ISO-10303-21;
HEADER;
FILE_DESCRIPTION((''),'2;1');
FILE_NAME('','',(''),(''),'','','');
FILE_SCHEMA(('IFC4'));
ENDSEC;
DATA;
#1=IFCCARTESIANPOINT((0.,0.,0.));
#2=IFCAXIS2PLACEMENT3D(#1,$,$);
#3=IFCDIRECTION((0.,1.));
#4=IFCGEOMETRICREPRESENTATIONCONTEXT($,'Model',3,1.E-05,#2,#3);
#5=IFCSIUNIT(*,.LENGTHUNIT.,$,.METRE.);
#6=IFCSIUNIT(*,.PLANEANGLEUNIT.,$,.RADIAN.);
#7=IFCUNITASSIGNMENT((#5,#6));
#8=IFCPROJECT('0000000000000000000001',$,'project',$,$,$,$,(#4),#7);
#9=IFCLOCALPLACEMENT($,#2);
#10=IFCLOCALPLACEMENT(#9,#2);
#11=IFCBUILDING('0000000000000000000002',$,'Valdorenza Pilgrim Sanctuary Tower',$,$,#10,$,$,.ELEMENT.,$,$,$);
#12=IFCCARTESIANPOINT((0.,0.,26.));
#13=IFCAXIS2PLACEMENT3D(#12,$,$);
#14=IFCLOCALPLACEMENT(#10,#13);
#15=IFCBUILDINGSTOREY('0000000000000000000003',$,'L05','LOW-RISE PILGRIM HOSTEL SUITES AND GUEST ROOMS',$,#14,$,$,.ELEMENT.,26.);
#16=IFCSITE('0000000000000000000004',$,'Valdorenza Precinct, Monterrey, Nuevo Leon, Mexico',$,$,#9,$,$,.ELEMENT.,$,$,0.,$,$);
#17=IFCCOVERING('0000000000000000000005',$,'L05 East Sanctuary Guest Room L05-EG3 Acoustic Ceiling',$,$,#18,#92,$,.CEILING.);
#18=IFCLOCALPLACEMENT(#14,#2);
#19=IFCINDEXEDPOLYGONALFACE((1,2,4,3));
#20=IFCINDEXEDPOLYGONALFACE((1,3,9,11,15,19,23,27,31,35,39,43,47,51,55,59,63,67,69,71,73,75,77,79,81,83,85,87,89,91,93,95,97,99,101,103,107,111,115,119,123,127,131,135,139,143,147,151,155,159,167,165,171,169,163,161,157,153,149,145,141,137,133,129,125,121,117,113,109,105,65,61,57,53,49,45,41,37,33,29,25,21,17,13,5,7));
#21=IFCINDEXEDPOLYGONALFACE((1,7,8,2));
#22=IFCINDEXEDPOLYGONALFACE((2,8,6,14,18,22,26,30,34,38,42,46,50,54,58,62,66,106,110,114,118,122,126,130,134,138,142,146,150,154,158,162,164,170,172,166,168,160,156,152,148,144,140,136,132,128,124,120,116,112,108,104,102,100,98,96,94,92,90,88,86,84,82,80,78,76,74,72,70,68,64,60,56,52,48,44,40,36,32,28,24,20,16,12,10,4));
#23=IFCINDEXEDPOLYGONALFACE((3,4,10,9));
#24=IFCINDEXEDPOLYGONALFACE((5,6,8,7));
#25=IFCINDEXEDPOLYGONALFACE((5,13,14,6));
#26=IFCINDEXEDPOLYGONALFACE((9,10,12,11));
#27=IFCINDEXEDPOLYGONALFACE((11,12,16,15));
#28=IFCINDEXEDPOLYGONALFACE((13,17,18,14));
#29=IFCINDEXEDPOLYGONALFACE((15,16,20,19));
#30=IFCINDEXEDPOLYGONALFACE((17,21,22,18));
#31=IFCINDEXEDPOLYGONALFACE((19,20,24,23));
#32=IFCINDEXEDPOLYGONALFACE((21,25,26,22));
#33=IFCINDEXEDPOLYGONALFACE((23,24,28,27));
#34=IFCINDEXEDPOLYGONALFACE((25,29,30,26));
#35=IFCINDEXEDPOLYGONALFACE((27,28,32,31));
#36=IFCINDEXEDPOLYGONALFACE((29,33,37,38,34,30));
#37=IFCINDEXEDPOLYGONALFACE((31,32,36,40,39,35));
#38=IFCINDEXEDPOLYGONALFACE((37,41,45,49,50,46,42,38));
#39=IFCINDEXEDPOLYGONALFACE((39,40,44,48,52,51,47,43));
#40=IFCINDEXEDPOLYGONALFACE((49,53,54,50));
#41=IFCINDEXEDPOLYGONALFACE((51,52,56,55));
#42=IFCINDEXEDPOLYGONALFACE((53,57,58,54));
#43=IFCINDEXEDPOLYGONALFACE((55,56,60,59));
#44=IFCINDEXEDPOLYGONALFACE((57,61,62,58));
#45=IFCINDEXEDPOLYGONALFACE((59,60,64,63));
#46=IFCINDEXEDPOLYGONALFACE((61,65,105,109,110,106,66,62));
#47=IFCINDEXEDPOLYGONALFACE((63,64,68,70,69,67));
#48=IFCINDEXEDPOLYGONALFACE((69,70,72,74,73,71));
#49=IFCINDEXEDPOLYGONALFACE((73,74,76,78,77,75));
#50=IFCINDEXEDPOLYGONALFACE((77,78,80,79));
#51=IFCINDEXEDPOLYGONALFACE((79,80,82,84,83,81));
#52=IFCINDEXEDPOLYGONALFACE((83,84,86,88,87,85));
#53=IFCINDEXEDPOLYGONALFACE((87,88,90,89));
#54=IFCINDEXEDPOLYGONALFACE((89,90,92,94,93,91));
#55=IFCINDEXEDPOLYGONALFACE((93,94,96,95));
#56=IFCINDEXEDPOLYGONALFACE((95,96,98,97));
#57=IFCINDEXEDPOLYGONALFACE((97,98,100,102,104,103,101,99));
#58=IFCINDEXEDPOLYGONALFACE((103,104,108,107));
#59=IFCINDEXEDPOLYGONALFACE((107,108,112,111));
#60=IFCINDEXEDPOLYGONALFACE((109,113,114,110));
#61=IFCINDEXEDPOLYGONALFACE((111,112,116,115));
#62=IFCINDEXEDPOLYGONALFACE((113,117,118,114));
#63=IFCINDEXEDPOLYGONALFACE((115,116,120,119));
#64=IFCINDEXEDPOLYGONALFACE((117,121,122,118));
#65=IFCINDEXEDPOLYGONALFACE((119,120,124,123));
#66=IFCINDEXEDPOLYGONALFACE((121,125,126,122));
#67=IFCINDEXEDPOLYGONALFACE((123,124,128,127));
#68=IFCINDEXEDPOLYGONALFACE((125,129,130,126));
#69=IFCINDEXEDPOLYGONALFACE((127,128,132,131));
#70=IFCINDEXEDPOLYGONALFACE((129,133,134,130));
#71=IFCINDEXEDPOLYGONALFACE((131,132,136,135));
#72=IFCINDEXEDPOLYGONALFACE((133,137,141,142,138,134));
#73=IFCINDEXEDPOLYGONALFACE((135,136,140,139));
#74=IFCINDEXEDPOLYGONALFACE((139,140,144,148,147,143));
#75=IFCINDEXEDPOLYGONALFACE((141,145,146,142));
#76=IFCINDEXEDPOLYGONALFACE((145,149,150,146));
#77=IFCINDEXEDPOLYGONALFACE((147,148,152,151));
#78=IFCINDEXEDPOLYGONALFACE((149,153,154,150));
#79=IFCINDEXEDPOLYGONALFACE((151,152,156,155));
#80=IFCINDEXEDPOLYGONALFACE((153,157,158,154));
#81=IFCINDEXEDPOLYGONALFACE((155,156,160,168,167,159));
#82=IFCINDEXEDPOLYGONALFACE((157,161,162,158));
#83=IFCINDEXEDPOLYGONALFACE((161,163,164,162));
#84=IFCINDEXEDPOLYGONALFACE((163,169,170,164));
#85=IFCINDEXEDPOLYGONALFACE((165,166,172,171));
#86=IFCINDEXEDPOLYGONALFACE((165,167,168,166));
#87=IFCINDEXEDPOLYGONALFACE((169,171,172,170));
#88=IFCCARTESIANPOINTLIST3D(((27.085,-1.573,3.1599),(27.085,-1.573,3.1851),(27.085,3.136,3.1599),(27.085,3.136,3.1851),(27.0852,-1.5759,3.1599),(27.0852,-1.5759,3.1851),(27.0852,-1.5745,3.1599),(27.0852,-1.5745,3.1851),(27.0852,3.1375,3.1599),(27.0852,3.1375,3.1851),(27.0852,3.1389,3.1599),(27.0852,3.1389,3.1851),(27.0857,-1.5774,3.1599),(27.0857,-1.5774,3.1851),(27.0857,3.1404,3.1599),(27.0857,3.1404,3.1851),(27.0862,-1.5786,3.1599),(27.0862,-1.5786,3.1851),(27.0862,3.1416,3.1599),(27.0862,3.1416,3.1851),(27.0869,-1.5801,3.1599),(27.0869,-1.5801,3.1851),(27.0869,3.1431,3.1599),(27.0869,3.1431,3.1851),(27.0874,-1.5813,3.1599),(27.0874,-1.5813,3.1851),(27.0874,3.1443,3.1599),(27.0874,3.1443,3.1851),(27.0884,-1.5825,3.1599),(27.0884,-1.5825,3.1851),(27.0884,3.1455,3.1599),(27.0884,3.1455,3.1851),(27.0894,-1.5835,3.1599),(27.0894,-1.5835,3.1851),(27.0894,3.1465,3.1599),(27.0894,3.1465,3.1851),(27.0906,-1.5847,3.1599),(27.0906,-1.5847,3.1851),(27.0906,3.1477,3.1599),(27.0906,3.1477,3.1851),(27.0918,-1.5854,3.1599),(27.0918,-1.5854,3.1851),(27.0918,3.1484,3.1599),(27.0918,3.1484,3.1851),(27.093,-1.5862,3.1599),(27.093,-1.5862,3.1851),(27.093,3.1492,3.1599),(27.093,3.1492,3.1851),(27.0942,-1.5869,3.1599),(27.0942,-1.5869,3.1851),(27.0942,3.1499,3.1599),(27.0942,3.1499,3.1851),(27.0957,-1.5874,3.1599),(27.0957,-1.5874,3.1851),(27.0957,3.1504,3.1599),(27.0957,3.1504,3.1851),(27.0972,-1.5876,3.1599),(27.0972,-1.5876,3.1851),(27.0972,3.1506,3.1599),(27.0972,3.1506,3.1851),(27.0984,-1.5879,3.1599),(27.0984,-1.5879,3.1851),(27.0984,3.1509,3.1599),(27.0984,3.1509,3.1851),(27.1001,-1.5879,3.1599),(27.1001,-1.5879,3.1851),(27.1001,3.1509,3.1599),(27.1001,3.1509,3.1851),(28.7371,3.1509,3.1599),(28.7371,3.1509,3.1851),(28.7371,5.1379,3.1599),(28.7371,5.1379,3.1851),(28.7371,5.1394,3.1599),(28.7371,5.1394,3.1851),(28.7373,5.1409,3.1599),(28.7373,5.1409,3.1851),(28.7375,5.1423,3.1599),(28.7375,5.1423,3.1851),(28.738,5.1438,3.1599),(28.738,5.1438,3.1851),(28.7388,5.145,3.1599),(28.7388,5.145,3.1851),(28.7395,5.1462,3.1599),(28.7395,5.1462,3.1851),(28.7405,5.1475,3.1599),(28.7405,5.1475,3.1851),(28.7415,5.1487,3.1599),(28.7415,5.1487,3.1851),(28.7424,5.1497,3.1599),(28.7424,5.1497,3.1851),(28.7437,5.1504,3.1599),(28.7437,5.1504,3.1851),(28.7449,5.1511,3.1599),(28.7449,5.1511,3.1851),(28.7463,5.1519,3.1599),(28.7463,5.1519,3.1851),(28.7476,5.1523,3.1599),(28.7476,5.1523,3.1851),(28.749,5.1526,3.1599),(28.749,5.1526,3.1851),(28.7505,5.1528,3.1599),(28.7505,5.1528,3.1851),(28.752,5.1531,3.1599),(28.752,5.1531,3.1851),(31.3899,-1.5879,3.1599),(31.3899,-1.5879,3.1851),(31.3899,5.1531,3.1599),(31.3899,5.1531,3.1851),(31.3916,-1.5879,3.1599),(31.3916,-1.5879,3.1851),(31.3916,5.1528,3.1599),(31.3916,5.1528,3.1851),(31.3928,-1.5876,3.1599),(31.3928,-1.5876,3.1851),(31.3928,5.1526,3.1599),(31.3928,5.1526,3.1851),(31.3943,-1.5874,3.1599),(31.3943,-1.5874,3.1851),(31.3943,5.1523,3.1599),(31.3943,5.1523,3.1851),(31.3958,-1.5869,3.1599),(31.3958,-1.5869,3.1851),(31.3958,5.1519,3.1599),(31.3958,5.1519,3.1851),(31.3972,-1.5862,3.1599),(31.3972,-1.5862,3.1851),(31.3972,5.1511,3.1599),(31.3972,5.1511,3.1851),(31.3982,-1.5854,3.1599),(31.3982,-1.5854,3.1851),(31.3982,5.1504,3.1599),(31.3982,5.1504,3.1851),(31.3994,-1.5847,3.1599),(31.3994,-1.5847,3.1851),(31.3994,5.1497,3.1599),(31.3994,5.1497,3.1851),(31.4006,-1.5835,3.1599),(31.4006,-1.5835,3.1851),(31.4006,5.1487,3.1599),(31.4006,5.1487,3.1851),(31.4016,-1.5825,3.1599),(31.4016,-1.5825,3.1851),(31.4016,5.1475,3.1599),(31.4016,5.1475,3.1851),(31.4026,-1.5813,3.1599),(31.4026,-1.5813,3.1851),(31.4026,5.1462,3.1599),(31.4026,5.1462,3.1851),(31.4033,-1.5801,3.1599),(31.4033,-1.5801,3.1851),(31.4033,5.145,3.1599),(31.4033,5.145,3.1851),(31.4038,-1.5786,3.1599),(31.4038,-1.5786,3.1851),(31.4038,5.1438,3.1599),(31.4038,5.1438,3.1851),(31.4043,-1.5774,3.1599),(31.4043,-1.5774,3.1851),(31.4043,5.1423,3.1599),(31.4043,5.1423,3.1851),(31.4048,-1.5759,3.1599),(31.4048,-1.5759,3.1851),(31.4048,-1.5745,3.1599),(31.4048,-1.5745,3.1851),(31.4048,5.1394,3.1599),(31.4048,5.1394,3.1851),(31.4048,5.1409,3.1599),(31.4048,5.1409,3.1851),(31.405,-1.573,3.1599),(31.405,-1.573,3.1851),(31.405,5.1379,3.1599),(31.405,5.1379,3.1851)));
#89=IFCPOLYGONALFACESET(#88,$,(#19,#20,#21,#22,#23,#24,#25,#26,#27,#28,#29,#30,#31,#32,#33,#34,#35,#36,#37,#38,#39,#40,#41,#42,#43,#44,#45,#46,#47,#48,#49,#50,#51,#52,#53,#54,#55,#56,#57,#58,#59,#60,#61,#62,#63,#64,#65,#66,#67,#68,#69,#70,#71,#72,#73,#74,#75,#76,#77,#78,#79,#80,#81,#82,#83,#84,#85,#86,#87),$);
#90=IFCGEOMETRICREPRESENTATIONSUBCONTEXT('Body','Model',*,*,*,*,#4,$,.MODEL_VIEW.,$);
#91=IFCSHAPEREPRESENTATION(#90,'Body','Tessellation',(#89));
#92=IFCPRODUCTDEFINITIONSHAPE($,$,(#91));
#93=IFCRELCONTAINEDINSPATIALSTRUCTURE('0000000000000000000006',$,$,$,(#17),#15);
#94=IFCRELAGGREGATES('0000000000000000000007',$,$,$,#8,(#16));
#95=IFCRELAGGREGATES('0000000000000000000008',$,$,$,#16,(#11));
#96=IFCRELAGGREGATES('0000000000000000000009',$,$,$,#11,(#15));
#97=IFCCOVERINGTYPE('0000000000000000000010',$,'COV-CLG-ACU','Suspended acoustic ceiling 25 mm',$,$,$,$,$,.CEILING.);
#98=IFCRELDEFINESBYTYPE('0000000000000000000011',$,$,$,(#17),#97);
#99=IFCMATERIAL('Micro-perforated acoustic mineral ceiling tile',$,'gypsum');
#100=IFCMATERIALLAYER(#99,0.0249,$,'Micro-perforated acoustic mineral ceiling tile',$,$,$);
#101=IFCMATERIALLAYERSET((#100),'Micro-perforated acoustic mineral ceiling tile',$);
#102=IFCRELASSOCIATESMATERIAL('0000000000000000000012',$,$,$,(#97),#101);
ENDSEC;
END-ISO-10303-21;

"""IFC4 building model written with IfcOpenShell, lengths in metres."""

from ifc_helpers import new_model, si_unit, direction, frame, origin, place, context, subcontext, project, spatial, polyline, outline, extrude, material, layer, layer_set, type_object, element, save


model = new_model("IFC4")

# Units and contexts
model_context = context("Model", 3, precision=1e-05, world=origin(), true_north=direction((0.0, 1.0)))
body_context = subcontext(model_context, "Body", "Model", "MODEL_VIEW")
ifc_project = project(units=[si_unit("LENGTHUNIT", "METRE"), si_unit("PLANEANGLEUNIT", "RADIAN")], contexts=[model_context])

# Site, building, storey
site_placement = place(None, origin())
site = spatial("IfcSite", under=ifc_project, at=site_placement, Name="Valdorenza Precinct, Monterrey, Nuevo Leon, Mexico", CompositionType="ELEMENT", RefElevation=0.0)
building_placement = place(site_placement, origin())
building = spatial("IfcBuilding", under=site, at=building_placement, Name="Valdorenza Pilgrim Sanctuary Tower", CompositionType="ELEMENT")
storey_placement = place(building_placement, frame((0.0, 0.0, 26.0)))
storey = spatial("IfcBuildingStorey", under=building, at=storey_placement, Name="L05", Description="LOW-RISE PILGRIM HOSTEL SUITES AND GUEST ROOMS", CompositionType="ELEMENT", Elevation=26.0)

# Covering
ifc_material_1 = material(Name="Micro-perforated acoustic mineral ceiling tile", Category="gypsum")
ifc_layer_1 = layer(ifc_material_1, 0.0249, Name="Micro-perforated acoustic mineral ceiling tile")
ifc_layer_set_1 = layer_set([ifc_layer_1], Name="Micro-perforated acoustic mineral ceiling tile")
covering_type_1 = type_object("IfcCoveringType", Name="COV-CLG-ACU", Description="Suspended acoustic ceiling 25 mm", PredefinedType="CEILING", material=ifc_layer_set_1)
covering_1_placement = place(storey_placement, frame((0.0, 0.0, 3.1599)))
element("IfcCovering", 1, at=covering_1_placement, inside=storey, type_object=covering_type_1, Name="L05 East Sanctuary Guest Room L05-EG3 Acoustic Ceiling", PredefinedType="CEILING", context=body_context, shape_type="SweptSolid", body=[
    extrude(outline(polyline([(27.085, 3.136), (27.0852, 3.1375), (27.0852, 3.1389), (27.0857, 3.1404), (27.0862, 3.1416), (27.0869, 3.1431), (27.0874, 3.1443), (27.0884, 3.1455), (27.0894, 3.1465), (27.0906, 3.1477), (27.0918, 3.1484), (27.093, 3.1492), (27.0942, 3.1499), (27.0957, 3.1504), (27.0972, 3.1506), (27.0984, 3.1509), (27.1001, 3.1509), (28.7371, 3.1509), (28.7371, 5.1379), (28.7371, 5.1394), (28.7373, 5.1409), (28.7375, 5.1423), (28.738, 5.1438), (28.7388, 5.145), (28.7395, 5.1462), (28.7405, 5.1475), (28.7415, 5.1487), (28.7424, 5.1497), (28.7437, 5.1504), (28.7449, 5.1511), (28.7463, 5.1519), (28.7476, 5.1523), (28.749, 5.1526), (28.7505, 5.1528), (28.752, 5.1531), (31.3899, 5.1531), (31.3916, 5.1528), (31.3928, 5.1526), (31.3943, 5.1523), (31.3958, 5.1519), (31.3972, 5.1511), (31.3982, 5.1504), (31.3994, 5.1497), (31.4006, 5.1487), (31.4016, 5.1475), (31.4026, 5.1462), (31.4033, 5.145), (31.4038, 5.1438), (31.4043, 5.1423), (31.4048, 5.1409), (31.4048, 5.1394), (31.405, 5.1379), (31.405, -1.573), (31.4048, -1.5745), (31.4048, -1.5759), (31.4043, -1.5774), (31.4038, -1.5786), (31.4033, -1.5801), (31.4026, -1.5813), (31.4016, -1.5825), (31.4006, -1.5835), (31.3994, -1.5847), (31.3982, -1.5854), (31.3972, -1.5862), (31.3958, -1.5869), (31.3943, -1.5874), (31.3928, -1.5876), (31.3916, -1.5879), (31.3899, -1.5879), (27.1001, -1.5879), (27.0984, -1.5879), (27.0972, -1.5876), (27.0957, -1.5874), (27.0942, -1.5869), (27.093, -1.5862), (27.0918, -1.5854), (27.0906, -1.5847), (27.0894, -1.5835), (27.0884, -1.5825), (27.0874, -1.5813), (27.0869, -1.5801), (27.0862, -1.5786), (27.0857, -1.5774), (27.0852, -1.5759), (27.0852, -1.5745), (27.085, -1.573), (27.085, 3.136)])), origin(), (0.0, 0.0, 1.0), 0.0251),
])

save(model, "model.ifc")
